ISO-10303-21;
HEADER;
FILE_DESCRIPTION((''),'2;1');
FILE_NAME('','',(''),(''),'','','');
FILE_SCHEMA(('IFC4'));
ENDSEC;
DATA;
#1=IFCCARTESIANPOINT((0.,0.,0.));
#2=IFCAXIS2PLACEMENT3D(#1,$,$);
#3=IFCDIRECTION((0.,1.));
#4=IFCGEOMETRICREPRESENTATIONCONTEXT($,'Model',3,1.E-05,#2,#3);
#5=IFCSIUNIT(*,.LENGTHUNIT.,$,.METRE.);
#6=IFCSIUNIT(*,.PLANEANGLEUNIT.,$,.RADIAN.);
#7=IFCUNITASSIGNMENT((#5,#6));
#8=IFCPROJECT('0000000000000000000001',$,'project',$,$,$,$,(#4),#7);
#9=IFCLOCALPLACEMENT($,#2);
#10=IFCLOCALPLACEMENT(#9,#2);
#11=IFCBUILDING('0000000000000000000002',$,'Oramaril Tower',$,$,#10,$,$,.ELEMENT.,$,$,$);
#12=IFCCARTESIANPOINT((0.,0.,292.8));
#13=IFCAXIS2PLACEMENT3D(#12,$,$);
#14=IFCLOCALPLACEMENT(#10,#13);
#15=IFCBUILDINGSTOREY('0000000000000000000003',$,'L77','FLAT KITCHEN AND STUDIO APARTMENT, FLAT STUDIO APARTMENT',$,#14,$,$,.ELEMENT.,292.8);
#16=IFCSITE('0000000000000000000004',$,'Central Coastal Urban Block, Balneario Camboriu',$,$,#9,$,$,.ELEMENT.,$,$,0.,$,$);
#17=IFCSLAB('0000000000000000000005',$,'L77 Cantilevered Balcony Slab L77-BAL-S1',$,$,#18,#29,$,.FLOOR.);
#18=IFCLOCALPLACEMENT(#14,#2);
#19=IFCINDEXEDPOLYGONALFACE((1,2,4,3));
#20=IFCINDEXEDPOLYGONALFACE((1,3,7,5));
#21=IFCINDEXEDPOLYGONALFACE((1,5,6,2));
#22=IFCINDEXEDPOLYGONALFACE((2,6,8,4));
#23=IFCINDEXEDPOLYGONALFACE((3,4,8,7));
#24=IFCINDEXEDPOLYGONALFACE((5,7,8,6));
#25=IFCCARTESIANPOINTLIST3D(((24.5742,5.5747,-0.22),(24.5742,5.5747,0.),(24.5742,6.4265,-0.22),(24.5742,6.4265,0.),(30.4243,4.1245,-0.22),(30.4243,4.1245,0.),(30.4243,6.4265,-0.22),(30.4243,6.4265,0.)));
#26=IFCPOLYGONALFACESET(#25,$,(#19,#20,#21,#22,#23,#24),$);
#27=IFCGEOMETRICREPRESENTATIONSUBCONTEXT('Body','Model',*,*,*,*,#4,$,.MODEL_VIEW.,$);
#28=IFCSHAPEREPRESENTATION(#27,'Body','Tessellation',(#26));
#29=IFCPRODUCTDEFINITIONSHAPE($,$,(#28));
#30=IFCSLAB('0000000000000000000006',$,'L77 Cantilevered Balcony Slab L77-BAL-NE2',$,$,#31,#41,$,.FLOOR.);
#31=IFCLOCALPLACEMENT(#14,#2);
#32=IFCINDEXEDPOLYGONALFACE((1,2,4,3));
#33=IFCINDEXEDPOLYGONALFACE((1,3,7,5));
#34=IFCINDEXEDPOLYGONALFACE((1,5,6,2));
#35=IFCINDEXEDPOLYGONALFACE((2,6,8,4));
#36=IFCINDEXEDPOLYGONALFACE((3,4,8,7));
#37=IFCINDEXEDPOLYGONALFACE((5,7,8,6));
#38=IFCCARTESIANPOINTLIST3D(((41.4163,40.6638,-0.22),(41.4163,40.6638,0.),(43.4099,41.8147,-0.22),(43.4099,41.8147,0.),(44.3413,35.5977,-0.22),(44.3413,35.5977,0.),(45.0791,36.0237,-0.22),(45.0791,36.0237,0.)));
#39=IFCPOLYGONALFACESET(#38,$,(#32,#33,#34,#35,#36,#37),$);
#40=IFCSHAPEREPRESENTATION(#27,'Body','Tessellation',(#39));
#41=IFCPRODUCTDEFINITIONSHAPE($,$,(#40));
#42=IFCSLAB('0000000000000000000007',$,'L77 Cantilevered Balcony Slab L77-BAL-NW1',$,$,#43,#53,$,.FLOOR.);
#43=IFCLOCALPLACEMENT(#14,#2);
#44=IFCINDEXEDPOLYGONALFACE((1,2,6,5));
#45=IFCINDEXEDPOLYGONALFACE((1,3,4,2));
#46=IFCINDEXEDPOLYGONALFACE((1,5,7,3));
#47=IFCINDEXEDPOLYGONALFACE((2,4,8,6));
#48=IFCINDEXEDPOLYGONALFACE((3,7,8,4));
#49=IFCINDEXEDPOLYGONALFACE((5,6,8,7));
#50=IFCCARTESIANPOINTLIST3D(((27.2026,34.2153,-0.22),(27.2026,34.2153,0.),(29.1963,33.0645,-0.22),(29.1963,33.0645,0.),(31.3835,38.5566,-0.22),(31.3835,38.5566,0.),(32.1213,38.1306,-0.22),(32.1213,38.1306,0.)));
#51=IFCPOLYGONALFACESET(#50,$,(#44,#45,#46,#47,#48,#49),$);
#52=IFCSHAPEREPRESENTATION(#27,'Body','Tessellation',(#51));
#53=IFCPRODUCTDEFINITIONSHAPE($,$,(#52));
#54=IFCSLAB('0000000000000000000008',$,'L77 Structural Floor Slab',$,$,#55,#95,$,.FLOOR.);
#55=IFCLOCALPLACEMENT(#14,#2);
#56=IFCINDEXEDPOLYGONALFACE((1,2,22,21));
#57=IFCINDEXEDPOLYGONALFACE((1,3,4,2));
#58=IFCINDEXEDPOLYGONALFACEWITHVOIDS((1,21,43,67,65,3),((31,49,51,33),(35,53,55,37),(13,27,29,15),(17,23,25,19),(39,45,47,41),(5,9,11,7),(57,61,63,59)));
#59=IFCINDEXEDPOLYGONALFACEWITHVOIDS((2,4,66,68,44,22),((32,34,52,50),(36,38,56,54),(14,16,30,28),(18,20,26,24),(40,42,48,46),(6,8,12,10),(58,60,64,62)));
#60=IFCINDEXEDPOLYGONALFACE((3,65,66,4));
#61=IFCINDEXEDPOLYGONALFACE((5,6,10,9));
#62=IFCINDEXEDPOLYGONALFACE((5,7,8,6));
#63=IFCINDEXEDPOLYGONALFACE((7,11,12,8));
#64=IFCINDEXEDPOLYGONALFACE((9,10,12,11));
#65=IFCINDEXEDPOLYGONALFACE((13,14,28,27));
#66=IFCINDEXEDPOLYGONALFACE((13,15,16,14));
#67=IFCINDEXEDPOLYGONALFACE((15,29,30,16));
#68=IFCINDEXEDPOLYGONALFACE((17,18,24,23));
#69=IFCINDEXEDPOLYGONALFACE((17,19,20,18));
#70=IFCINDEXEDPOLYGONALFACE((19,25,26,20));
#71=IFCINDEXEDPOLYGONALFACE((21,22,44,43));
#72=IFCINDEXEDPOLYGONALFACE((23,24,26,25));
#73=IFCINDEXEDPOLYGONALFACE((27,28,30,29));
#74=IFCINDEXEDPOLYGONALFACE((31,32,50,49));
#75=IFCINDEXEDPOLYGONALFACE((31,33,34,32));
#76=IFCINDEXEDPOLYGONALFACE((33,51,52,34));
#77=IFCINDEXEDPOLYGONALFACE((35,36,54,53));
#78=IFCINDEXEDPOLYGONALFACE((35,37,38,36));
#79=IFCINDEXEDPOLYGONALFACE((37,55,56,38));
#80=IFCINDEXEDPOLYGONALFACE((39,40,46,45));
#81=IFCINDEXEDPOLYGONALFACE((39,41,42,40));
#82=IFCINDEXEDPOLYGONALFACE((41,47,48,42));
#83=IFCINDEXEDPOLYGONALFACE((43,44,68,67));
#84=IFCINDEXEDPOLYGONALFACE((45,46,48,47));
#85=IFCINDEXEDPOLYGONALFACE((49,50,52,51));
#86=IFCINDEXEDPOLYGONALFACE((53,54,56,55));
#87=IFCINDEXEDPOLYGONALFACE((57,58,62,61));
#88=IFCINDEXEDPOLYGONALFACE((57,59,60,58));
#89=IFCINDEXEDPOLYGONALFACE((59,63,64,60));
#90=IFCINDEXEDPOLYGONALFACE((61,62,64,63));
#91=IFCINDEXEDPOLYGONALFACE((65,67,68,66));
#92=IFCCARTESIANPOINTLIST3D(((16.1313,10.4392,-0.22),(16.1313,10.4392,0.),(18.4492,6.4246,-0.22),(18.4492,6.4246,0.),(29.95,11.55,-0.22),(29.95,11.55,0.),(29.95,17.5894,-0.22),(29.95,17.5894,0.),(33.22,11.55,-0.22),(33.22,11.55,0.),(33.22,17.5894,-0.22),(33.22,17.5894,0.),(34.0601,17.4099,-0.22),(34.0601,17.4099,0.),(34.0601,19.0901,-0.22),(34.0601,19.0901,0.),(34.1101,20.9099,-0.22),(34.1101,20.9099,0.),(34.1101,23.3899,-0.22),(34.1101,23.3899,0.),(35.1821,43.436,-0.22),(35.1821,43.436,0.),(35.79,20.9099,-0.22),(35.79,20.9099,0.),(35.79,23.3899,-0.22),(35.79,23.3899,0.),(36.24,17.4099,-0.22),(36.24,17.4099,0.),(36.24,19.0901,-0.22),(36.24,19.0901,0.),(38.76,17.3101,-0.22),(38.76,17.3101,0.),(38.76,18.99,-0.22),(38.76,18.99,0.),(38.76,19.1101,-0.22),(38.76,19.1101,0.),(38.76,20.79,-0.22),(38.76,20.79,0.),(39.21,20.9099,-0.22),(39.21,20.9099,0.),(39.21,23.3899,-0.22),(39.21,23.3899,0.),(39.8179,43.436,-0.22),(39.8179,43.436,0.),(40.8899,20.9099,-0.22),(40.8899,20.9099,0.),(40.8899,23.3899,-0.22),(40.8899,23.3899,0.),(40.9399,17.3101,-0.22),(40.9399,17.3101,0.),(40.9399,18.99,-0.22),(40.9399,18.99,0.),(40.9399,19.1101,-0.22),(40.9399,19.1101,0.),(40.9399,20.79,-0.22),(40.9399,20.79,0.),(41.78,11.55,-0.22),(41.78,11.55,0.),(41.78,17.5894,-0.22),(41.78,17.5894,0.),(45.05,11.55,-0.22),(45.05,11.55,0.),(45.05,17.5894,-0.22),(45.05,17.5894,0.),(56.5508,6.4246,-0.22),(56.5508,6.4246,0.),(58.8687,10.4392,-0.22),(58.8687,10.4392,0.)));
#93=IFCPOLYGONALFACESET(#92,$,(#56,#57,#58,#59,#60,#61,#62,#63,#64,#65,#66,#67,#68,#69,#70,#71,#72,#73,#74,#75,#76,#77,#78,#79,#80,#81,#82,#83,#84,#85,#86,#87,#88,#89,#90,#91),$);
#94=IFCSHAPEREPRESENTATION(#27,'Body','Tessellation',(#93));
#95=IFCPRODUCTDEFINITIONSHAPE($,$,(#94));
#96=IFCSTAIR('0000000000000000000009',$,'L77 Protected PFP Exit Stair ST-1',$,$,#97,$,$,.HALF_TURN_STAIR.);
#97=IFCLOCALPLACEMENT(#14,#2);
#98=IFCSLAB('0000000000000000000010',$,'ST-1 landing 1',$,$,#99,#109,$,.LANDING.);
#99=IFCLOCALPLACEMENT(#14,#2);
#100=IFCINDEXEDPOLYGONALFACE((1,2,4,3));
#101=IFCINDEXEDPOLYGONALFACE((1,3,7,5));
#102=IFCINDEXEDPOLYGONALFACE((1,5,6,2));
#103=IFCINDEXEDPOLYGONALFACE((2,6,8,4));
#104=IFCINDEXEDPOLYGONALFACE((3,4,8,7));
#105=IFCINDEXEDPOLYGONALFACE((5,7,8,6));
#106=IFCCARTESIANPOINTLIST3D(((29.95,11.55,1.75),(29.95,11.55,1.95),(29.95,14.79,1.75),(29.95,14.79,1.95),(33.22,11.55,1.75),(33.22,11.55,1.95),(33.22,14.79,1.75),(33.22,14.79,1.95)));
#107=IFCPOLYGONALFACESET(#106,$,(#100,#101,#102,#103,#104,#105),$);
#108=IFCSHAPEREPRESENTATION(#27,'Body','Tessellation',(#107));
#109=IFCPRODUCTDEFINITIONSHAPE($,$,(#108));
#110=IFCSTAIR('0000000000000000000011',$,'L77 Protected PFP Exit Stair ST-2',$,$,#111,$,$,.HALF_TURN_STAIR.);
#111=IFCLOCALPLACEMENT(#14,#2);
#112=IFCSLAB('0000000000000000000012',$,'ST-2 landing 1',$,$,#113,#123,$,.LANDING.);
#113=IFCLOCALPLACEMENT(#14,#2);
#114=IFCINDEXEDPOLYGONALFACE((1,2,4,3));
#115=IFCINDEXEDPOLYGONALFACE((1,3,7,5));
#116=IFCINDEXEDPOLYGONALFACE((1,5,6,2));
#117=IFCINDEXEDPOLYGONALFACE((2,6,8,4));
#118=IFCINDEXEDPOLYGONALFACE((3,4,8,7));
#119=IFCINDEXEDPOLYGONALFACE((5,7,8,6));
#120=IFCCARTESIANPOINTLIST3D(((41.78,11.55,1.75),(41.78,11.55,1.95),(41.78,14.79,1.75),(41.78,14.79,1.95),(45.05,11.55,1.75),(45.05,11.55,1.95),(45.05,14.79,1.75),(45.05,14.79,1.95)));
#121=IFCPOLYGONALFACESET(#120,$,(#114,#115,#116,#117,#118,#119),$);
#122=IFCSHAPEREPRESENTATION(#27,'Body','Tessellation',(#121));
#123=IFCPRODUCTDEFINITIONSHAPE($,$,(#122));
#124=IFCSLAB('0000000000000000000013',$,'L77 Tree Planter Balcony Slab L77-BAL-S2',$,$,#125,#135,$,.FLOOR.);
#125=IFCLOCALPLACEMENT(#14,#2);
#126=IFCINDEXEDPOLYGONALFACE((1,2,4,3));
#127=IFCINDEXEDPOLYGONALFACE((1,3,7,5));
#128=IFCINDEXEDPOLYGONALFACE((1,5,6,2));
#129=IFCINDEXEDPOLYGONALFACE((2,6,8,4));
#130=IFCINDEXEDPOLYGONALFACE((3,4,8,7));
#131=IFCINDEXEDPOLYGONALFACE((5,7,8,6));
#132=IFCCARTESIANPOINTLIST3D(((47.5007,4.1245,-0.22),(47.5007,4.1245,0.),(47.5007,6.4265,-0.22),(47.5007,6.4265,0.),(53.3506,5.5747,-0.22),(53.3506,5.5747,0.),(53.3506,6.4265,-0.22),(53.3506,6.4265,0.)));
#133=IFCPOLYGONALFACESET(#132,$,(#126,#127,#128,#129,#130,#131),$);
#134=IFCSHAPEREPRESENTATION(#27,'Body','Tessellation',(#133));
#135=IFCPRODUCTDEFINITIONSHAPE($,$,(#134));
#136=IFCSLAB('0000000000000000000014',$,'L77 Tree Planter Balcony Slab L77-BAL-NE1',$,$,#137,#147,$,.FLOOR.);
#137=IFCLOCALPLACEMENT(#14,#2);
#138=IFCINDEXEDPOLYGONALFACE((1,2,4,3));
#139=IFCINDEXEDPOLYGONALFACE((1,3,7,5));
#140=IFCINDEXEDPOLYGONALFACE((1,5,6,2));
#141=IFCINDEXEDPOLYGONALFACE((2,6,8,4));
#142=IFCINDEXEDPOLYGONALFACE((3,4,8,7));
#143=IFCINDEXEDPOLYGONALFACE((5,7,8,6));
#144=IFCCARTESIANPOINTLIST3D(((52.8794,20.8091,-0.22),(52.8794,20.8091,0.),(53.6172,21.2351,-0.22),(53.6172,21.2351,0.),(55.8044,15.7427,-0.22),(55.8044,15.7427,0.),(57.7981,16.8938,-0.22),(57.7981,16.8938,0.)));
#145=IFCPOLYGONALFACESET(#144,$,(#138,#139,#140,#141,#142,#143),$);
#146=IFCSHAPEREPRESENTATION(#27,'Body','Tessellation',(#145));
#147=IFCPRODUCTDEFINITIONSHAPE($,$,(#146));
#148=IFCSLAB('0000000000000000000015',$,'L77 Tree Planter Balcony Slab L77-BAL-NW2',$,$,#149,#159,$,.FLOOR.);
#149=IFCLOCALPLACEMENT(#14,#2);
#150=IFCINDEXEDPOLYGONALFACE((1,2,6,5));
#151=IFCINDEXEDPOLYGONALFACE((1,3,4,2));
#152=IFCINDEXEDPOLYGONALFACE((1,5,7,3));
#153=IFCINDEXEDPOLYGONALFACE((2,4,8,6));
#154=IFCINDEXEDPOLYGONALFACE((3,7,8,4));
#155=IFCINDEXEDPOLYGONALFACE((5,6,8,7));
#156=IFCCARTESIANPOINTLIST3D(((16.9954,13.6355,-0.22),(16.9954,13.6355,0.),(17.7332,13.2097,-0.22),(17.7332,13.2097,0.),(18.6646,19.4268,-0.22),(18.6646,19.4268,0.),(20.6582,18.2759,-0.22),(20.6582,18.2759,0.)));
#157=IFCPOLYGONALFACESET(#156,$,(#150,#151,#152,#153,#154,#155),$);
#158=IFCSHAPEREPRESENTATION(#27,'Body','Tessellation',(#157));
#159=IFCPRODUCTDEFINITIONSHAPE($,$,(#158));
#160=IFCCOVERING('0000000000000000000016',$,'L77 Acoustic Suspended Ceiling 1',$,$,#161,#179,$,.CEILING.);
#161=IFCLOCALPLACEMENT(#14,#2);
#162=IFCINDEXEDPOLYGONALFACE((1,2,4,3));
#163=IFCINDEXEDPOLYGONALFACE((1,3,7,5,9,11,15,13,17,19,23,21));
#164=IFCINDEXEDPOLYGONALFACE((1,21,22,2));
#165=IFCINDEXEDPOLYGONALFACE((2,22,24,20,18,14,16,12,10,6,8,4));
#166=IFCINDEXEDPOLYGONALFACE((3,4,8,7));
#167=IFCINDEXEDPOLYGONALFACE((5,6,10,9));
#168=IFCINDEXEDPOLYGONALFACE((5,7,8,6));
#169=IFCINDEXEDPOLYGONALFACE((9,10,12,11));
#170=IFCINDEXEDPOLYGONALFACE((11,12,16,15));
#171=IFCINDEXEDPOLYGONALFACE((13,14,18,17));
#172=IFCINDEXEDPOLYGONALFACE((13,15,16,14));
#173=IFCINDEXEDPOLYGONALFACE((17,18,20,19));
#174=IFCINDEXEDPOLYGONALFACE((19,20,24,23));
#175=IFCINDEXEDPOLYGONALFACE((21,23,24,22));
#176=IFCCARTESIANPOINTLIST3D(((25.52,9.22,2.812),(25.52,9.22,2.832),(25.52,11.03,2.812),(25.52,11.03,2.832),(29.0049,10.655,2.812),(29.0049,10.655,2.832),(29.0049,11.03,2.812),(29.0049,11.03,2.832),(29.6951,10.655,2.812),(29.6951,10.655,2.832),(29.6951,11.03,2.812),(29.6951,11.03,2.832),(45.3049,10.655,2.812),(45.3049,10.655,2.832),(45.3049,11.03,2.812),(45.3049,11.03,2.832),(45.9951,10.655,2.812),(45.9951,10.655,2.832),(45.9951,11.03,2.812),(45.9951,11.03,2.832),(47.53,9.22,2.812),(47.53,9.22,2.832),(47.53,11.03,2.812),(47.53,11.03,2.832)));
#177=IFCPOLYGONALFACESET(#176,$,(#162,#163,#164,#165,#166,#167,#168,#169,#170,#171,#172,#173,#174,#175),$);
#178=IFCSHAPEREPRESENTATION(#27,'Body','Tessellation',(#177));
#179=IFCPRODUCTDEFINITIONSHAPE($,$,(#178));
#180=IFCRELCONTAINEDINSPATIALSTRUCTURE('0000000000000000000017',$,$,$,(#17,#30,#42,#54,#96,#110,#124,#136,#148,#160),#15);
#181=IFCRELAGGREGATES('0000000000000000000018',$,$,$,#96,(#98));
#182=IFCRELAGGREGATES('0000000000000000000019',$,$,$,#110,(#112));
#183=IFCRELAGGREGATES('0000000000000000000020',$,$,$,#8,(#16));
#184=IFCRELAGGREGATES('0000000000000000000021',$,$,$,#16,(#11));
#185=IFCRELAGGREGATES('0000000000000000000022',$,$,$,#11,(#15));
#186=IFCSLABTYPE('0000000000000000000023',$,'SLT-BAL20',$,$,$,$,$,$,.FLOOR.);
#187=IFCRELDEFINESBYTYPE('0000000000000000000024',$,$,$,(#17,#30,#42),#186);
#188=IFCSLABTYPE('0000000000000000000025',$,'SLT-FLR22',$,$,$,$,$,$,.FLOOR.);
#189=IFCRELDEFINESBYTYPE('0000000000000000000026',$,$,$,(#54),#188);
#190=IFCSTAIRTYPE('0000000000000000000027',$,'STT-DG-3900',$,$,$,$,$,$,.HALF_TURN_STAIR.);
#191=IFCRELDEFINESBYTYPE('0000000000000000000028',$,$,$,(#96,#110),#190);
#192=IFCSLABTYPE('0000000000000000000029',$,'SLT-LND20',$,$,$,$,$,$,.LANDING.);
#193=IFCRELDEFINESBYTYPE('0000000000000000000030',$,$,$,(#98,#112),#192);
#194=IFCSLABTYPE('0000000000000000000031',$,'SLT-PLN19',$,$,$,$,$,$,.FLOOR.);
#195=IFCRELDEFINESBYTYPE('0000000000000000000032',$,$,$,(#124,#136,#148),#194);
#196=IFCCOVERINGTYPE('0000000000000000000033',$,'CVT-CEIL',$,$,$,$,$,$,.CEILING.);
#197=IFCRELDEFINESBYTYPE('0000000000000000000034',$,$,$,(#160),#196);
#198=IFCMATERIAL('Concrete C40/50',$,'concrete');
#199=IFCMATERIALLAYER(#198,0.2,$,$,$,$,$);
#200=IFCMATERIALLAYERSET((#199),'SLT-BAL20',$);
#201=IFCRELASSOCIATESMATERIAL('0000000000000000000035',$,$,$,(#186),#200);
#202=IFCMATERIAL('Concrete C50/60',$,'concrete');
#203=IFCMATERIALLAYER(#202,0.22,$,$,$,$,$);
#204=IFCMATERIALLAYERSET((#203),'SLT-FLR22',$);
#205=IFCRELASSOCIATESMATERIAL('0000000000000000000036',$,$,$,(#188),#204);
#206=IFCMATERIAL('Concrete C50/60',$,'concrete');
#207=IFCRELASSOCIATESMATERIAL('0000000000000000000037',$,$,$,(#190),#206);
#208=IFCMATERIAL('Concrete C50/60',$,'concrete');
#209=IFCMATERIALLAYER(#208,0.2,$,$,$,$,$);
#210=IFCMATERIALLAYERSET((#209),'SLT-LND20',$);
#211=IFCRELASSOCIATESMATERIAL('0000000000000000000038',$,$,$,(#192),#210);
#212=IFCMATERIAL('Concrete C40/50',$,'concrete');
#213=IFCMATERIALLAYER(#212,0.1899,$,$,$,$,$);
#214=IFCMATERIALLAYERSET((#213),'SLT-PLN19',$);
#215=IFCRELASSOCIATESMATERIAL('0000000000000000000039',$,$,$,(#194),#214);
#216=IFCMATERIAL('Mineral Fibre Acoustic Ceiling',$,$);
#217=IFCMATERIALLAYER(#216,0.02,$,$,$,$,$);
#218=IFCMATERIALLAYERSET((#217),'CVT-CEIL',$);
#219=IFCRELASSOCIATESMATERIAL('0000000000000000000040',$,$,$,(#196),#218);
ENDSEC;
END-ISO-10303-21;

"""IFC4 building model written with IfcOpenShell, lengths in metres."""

from ifc_helpers import new_model, si_unit, direction, frame, origin, place, context, subcontext, project, spatial, polyline, outline, extrude, material, layer, layer_set, type_object, element, aggregate, save


model = new_model("IFC4")

# Units and contexts
model_context = context("Model", 3, precision=1e-05, world=origin(), true_north=direction((0.0, 1.0)))
body_context = subcontext(model_context, "Body", "Model", "MODEL_VIEW")
ifc_project = project(units=[si_unit("LENGTHUNIT", "METRE"), si_unit("PLANEANGLEUNIT", "RADIAN")], contexts=[model_context])

# Site, building, storey
site_placement = place(None, origin())
site = spatial("IfcSite", under=ifc_project, at=site_placement, Name="Central Coastal Urban Block, Balneario Camboriu", CompositionType="ELEMENT", RefElevation=0.0)
building_placement = place(site_placement, origin())
building = spatial("IfcBuilding", under=site, at=building_placement, Name="Oramaril Tower", CompositionType="ELEMENT")
storey_placement = place(building_placement, frame((0.0, 0.0, 292.8)))
storey = spatial("IfcBuildingStorey", under=building, at=storey_placement, Name="L77", Description="FLAT KITCHEN AND STUDIO APARTMENT, FLAT STUDIO APARTMENT", CompositionType="ELEMENT", Elevation=292.8)

# Slabs
ifc_material_1 = material(Name="Concrete C40/50", Category="concrete")
ifc_layer_1 = layer(ifc_material_1, 0.2)
ifc_layer_set_1 = layer_set([ifc_layer_1], Name="SLT-BAL20")
slab_type_1 = type_object("IfcSlabType", Name="SLT-BAL20", PredefinedType="FLOOR", material=ifc_layer_set_1)
slab_1_placement = place(storey_placement, frame((0.0, 0.0, -0.22)))
element("IfcSlab", 1, at=slab_1_placement, inside=storey, type_object=slab_type_1, Name="L77 Cantilevered Balcony Slab L77-BAL-S1", PredefinedType="FLOOR", context=body_context, shape_type="SweptSolid", body=[
    extrude(outline(polyline([(24.5742, 6.4265), (30.4243, 6.4265), (30.4243, 4.1245), (24.5742, 5.5747), (24.5742, 6.4265)])), origin(), (0.0, 0.0, 1.0), 0.22),
])
slab_2_placement = place(storey_placement, frame((0.0, 0.0, -0.22)))
element("IfcSlab", 2, at=slab_2_placement, inside=storey, type_object=slab_type_1, Name="L77 Cantilevered Balcony Slab L77-BAL-NE2", PredefinedType="FLOOR", context=body_context, shape_type="SweptSolid", body=[
    extrude(outline(polyline([(44.3413, 35.5977), (41.4163, 40.6638), (43.4099, 41.8147), (45.0791, 36.0237), (44.3413, 35.5977)])), origin(), (0.0, 0.0, 1.0), 0.22),
])
slab_3_placement = place(storey_placement, frame((0.0, 0.0, -0.22)))
element("IfcSlab", 3, at=slab_3_placement, inside=storey, type_object=slab_type_1, Name="L77 Cantilevered Balcony Slab L77-BAL-NW1", PredefinedType="FLOOR", context=body_context, shape_type="SweptSolid", body=[
    extrude(outline(polyline([(32.1213, 38.1306), (29.1963, 33.0645), (27.2026, 34.2153), (31.3835, 38.5566), (32.1213, 38.1306)])), origin(), (0.0, 0.0, 1.0), 0.22),
])
ifc_material_2 = material(Name="Concrete C50/60", Category="concrete")
ifc_layer_2 = layer(ifc_material_2, 0.22)
ifc_layer_set_2 = layer_set([ifc_layer_2], Name="SLT-FLR22")
slab_type_2 = type_object("IfcSlabType", Name="SLT-FLR22", PredefinedType="FLOOR", material=ifc_layer_set_2)
slab_4_placement = place(storey_placement, frame((0.0, 0.0, -0.22)))
element("IfcSlab", 4, at=slab_4_placement, inside=storey, type_object=slab_type_2, Name="L77 Structural Floor Slab", PredefinedType="FLOOR", context=body_context, shape_type="SweptSolid", body=[
    extrude(outline(polyline([(16.1313, 10.4392), (18.4492, 6.4246), (56.5508, 6.4246), (58.8687, 10.4392), (39.8179, 43.436), (35.1821, 43.436), (16.1313, 10.4392)]), holes=[polyline([(29.95, 17.5894), (29.95, 11.55), (33.22, 11.55), (33.22, 17.5894), (29.95, 17.5894)]), polyline([(41.78, 17.5894), (41.78, 11.55), (45.05, 11.55), (45.05, 17.5894), (41.78, 17.5894)]), polyline([(34.1101, 20.9099), (35.79, 20.9099), (35.79, 23.3899), (34.1101, 23.3899), (34.1101, 20.9099)]), polyline([(39.21, 20.9099), (40.8899, 20.9099), (40.8899, 23.3899), (39.21, 23.3899), (39.21, 20.9099)]), polyline([(34.0601, 17.4099), (36.24, 17.4099), (36.24, 19.0901), (34.0601, 19.0901), (34.0601, 17.4099)]), polyline([(38.76, 17.3101), (40.9399, 17.3101), (40.9399, 18.99), (38.76, 18.99), (38.76, 17.3101)]), polyline([(38.76, 19.1101), (40.9399, 19.1101), (40.9399, 20.79), (38.76, 20.79), (38.76, 19.1101)])]), origin(), (0.0, 0.0, 1.0), 0.22),
])

# Stairs, slabs
ifc_material_3 = material(Name="Concrete C50/60", Category="concrete")
stair_type = type_object("IfcStairType", Name="STT-DG-3900", PredefinedType="HALF_TURN_STAIR", material=ifc_material_3)
stair_1_placement = place(storey_placement, origin())
stair_1 = element("IfcStair", 5, at=stair_1_placement, inside=storey, type_object=stair_type, Name="L77 Protected PFP Exit Stair ST-1", PredefinedType="HALF_TURN_STAIR")
ifc_material_4 = material(Name="Concrete C50/60", Category="concrete")
ifc_layer_3 = layer(ifc_material_4, 0.2)
ifc_layer_set_3 = layer_set([ifc_layer_3], Name="SLT-LND20")
slab_type_3 = type_object("IfcSlabType", Name="SLT-LND20", PredefinedType="LANDING", material=ifc_layer_set_3)
slab_5_placement = place(storey_placement, frame((0.0, 0.0, 1.75)))
slab_5 = element("IfcSlab", 6, at=slab_5_placement, type_object=slab_type_3, Name="ST-1 landing 1", PredefinedType="LANDING", context=body_context, shape_type="SweptSolid", body=[
    extrude(outline(polyline([(29.95, 14.79), (29.95, 11.55), (33.22, 11.55), (33.22, 14.79), (29.95, 14.79)])), origin(), (0.0, 0.0, 1.0), 0.2),
])
aggregate(stair_1, [slab_5])
stair_2_placement = place(storey_placement, origin())
stair_2 = element("IfcStair", 7, at=stair_2_placement, inside=storey, type_object=stair_type, Name="L77 Protected PFP Exit Stair ST-2", PredefinedType="HALF_TURN_STAIR")
slab_6_placement = place(storey_placement, frame((0.0, 0.0, 1.75)))
slab_6 = element("IfcSlab", 8, at=slab_6_placement, type_object=slab_type_3, Name="ST-2 landing 1", PredefinedType="LANDING", context=body_context, shape_type="SweptSolid", body=[
    extrude(outline(polyline([(41.78, 14.79), (41.78, 11.55), (45.05, 11.55), (45.05, 14.79), (41.78, 14.79)])), origin(), (0.0, 0.0, 1.0), 0.2),
])
aggregate(stair_2, [slab_6])

# Slabs
ifc_material_5 = material(Name="Concrete C40/50", Category="concrete")
ifc_layer_4 = layer(ifc_material_5, 0.1899)
ifc_layer_set_4 = layer_set([ifc_layer_4], Name="SLT-PLN19")
slab_type_4 = type_object("IfcSlabType", Name="SLT-PLN19", PredefinedType="FLOOR", material=ifc_layer_set_4)
slab_7_placement = place(storey_placement, frame((0.0, 0.0, -0.22)))
element("IfcSlab", 9, at=slab_7_placement, inside=storey, type_object=slab_type_4, Name="L77 Tree Planter Balcony Slab L77-BAL-S2", PredefinedType="FLOOR", context=body_context, shape_type="SweptSolid", body=[
    extrude(outline(polyline([(47.5007, 6.4265), (53.3506, 6.4265), (53.3506, 5.5747), (47.5007, 4.1245), (47.5007, 6.4265)])), origin(), (0.0, 0.0, 1.0), 0.22),
])
slab_8_placement = place(storey_placement, frame((0.0, 0.0, -0.22)))
element("IfcSlab", 10, at=slab_8_placement, inside=storey, type_object=slab_type_4, Name="L77 Tree Planter Balcony Slab L77-BAL-NE1", PredefinedType="FLOOR", context=body_context, shape_type="SweptSolid", body=[
    extrude(outline(polyline([(55.8044, 15.7427), (52.8794, 20.8091), (53.6172, 21.2351), (57.7981, 16.8938), (55.8044, 15.7427)])), origin(), (0.0, 0.0, 1.0), 0.22),
])
slab_9_placement = place(storey_placement, frame((0.0, 0.0, -0.22)))
element("IfcSlab", 11, at=slab_9_placement, inside=storey, type_object=slab_type_4, Name="L77 Tree Planter Balcony Slab L77-BAL-NW2", PredefinedType="FLOOR", context=body_context, shape_type="SweptSolid", body=[
    extrude(outline(polyline([(20.6582, 18.2759), (17.7332, 13.2097), (16.9954, 13.6355), (18.6646, 19.4268), (20.6582, 18.2759)])), origin(), (0.0, 0.0, 1.0), 0.22),
])

# Covering
ifc_material_6 = material(Name="Mineral Fibre Acoustic Ceiling")
ifc_layer_5 = layer(ifc_material_6, 0.02)
ifc_layer_set_5 = layer_set([ifc_layer_5], Name="CVT-CEIL")
covering_type_1 = type_object("IfcCoveringType", Name="CVT-CEIL", PredefinedType="CEILING", material=ifc_layer_set_5)
covering_1_placement = place(storey_placement, frame((0.0, 0.0, 2.812)))
element("IfcCovering", 12, at=covering_1_placement, inside=storey, type_object=covering_type_1, Name="L77 Acoustic Suspended Ceiling 1", PredefinedType="CEILING", context=body_context, shape_type="SweptSolid", body=[
    extrude(outline(polyline([(29.0049, 10.655), (29.6951, 10.655), (29.6951, 11.03), (45.3049, 11.03), (45.3049, 10.655), (45.9951, 10.655), (45.9951, 11.03), (47.53, 11.03), (47.53, 9.22), (25.52, 9.22), (25.52, 11.03), (29.0049, 11.03), (29.0049, 10.655)])), origin(), (0.0, 0.0, 1.0), 0.02),
])

save(model, "model.ifc")
